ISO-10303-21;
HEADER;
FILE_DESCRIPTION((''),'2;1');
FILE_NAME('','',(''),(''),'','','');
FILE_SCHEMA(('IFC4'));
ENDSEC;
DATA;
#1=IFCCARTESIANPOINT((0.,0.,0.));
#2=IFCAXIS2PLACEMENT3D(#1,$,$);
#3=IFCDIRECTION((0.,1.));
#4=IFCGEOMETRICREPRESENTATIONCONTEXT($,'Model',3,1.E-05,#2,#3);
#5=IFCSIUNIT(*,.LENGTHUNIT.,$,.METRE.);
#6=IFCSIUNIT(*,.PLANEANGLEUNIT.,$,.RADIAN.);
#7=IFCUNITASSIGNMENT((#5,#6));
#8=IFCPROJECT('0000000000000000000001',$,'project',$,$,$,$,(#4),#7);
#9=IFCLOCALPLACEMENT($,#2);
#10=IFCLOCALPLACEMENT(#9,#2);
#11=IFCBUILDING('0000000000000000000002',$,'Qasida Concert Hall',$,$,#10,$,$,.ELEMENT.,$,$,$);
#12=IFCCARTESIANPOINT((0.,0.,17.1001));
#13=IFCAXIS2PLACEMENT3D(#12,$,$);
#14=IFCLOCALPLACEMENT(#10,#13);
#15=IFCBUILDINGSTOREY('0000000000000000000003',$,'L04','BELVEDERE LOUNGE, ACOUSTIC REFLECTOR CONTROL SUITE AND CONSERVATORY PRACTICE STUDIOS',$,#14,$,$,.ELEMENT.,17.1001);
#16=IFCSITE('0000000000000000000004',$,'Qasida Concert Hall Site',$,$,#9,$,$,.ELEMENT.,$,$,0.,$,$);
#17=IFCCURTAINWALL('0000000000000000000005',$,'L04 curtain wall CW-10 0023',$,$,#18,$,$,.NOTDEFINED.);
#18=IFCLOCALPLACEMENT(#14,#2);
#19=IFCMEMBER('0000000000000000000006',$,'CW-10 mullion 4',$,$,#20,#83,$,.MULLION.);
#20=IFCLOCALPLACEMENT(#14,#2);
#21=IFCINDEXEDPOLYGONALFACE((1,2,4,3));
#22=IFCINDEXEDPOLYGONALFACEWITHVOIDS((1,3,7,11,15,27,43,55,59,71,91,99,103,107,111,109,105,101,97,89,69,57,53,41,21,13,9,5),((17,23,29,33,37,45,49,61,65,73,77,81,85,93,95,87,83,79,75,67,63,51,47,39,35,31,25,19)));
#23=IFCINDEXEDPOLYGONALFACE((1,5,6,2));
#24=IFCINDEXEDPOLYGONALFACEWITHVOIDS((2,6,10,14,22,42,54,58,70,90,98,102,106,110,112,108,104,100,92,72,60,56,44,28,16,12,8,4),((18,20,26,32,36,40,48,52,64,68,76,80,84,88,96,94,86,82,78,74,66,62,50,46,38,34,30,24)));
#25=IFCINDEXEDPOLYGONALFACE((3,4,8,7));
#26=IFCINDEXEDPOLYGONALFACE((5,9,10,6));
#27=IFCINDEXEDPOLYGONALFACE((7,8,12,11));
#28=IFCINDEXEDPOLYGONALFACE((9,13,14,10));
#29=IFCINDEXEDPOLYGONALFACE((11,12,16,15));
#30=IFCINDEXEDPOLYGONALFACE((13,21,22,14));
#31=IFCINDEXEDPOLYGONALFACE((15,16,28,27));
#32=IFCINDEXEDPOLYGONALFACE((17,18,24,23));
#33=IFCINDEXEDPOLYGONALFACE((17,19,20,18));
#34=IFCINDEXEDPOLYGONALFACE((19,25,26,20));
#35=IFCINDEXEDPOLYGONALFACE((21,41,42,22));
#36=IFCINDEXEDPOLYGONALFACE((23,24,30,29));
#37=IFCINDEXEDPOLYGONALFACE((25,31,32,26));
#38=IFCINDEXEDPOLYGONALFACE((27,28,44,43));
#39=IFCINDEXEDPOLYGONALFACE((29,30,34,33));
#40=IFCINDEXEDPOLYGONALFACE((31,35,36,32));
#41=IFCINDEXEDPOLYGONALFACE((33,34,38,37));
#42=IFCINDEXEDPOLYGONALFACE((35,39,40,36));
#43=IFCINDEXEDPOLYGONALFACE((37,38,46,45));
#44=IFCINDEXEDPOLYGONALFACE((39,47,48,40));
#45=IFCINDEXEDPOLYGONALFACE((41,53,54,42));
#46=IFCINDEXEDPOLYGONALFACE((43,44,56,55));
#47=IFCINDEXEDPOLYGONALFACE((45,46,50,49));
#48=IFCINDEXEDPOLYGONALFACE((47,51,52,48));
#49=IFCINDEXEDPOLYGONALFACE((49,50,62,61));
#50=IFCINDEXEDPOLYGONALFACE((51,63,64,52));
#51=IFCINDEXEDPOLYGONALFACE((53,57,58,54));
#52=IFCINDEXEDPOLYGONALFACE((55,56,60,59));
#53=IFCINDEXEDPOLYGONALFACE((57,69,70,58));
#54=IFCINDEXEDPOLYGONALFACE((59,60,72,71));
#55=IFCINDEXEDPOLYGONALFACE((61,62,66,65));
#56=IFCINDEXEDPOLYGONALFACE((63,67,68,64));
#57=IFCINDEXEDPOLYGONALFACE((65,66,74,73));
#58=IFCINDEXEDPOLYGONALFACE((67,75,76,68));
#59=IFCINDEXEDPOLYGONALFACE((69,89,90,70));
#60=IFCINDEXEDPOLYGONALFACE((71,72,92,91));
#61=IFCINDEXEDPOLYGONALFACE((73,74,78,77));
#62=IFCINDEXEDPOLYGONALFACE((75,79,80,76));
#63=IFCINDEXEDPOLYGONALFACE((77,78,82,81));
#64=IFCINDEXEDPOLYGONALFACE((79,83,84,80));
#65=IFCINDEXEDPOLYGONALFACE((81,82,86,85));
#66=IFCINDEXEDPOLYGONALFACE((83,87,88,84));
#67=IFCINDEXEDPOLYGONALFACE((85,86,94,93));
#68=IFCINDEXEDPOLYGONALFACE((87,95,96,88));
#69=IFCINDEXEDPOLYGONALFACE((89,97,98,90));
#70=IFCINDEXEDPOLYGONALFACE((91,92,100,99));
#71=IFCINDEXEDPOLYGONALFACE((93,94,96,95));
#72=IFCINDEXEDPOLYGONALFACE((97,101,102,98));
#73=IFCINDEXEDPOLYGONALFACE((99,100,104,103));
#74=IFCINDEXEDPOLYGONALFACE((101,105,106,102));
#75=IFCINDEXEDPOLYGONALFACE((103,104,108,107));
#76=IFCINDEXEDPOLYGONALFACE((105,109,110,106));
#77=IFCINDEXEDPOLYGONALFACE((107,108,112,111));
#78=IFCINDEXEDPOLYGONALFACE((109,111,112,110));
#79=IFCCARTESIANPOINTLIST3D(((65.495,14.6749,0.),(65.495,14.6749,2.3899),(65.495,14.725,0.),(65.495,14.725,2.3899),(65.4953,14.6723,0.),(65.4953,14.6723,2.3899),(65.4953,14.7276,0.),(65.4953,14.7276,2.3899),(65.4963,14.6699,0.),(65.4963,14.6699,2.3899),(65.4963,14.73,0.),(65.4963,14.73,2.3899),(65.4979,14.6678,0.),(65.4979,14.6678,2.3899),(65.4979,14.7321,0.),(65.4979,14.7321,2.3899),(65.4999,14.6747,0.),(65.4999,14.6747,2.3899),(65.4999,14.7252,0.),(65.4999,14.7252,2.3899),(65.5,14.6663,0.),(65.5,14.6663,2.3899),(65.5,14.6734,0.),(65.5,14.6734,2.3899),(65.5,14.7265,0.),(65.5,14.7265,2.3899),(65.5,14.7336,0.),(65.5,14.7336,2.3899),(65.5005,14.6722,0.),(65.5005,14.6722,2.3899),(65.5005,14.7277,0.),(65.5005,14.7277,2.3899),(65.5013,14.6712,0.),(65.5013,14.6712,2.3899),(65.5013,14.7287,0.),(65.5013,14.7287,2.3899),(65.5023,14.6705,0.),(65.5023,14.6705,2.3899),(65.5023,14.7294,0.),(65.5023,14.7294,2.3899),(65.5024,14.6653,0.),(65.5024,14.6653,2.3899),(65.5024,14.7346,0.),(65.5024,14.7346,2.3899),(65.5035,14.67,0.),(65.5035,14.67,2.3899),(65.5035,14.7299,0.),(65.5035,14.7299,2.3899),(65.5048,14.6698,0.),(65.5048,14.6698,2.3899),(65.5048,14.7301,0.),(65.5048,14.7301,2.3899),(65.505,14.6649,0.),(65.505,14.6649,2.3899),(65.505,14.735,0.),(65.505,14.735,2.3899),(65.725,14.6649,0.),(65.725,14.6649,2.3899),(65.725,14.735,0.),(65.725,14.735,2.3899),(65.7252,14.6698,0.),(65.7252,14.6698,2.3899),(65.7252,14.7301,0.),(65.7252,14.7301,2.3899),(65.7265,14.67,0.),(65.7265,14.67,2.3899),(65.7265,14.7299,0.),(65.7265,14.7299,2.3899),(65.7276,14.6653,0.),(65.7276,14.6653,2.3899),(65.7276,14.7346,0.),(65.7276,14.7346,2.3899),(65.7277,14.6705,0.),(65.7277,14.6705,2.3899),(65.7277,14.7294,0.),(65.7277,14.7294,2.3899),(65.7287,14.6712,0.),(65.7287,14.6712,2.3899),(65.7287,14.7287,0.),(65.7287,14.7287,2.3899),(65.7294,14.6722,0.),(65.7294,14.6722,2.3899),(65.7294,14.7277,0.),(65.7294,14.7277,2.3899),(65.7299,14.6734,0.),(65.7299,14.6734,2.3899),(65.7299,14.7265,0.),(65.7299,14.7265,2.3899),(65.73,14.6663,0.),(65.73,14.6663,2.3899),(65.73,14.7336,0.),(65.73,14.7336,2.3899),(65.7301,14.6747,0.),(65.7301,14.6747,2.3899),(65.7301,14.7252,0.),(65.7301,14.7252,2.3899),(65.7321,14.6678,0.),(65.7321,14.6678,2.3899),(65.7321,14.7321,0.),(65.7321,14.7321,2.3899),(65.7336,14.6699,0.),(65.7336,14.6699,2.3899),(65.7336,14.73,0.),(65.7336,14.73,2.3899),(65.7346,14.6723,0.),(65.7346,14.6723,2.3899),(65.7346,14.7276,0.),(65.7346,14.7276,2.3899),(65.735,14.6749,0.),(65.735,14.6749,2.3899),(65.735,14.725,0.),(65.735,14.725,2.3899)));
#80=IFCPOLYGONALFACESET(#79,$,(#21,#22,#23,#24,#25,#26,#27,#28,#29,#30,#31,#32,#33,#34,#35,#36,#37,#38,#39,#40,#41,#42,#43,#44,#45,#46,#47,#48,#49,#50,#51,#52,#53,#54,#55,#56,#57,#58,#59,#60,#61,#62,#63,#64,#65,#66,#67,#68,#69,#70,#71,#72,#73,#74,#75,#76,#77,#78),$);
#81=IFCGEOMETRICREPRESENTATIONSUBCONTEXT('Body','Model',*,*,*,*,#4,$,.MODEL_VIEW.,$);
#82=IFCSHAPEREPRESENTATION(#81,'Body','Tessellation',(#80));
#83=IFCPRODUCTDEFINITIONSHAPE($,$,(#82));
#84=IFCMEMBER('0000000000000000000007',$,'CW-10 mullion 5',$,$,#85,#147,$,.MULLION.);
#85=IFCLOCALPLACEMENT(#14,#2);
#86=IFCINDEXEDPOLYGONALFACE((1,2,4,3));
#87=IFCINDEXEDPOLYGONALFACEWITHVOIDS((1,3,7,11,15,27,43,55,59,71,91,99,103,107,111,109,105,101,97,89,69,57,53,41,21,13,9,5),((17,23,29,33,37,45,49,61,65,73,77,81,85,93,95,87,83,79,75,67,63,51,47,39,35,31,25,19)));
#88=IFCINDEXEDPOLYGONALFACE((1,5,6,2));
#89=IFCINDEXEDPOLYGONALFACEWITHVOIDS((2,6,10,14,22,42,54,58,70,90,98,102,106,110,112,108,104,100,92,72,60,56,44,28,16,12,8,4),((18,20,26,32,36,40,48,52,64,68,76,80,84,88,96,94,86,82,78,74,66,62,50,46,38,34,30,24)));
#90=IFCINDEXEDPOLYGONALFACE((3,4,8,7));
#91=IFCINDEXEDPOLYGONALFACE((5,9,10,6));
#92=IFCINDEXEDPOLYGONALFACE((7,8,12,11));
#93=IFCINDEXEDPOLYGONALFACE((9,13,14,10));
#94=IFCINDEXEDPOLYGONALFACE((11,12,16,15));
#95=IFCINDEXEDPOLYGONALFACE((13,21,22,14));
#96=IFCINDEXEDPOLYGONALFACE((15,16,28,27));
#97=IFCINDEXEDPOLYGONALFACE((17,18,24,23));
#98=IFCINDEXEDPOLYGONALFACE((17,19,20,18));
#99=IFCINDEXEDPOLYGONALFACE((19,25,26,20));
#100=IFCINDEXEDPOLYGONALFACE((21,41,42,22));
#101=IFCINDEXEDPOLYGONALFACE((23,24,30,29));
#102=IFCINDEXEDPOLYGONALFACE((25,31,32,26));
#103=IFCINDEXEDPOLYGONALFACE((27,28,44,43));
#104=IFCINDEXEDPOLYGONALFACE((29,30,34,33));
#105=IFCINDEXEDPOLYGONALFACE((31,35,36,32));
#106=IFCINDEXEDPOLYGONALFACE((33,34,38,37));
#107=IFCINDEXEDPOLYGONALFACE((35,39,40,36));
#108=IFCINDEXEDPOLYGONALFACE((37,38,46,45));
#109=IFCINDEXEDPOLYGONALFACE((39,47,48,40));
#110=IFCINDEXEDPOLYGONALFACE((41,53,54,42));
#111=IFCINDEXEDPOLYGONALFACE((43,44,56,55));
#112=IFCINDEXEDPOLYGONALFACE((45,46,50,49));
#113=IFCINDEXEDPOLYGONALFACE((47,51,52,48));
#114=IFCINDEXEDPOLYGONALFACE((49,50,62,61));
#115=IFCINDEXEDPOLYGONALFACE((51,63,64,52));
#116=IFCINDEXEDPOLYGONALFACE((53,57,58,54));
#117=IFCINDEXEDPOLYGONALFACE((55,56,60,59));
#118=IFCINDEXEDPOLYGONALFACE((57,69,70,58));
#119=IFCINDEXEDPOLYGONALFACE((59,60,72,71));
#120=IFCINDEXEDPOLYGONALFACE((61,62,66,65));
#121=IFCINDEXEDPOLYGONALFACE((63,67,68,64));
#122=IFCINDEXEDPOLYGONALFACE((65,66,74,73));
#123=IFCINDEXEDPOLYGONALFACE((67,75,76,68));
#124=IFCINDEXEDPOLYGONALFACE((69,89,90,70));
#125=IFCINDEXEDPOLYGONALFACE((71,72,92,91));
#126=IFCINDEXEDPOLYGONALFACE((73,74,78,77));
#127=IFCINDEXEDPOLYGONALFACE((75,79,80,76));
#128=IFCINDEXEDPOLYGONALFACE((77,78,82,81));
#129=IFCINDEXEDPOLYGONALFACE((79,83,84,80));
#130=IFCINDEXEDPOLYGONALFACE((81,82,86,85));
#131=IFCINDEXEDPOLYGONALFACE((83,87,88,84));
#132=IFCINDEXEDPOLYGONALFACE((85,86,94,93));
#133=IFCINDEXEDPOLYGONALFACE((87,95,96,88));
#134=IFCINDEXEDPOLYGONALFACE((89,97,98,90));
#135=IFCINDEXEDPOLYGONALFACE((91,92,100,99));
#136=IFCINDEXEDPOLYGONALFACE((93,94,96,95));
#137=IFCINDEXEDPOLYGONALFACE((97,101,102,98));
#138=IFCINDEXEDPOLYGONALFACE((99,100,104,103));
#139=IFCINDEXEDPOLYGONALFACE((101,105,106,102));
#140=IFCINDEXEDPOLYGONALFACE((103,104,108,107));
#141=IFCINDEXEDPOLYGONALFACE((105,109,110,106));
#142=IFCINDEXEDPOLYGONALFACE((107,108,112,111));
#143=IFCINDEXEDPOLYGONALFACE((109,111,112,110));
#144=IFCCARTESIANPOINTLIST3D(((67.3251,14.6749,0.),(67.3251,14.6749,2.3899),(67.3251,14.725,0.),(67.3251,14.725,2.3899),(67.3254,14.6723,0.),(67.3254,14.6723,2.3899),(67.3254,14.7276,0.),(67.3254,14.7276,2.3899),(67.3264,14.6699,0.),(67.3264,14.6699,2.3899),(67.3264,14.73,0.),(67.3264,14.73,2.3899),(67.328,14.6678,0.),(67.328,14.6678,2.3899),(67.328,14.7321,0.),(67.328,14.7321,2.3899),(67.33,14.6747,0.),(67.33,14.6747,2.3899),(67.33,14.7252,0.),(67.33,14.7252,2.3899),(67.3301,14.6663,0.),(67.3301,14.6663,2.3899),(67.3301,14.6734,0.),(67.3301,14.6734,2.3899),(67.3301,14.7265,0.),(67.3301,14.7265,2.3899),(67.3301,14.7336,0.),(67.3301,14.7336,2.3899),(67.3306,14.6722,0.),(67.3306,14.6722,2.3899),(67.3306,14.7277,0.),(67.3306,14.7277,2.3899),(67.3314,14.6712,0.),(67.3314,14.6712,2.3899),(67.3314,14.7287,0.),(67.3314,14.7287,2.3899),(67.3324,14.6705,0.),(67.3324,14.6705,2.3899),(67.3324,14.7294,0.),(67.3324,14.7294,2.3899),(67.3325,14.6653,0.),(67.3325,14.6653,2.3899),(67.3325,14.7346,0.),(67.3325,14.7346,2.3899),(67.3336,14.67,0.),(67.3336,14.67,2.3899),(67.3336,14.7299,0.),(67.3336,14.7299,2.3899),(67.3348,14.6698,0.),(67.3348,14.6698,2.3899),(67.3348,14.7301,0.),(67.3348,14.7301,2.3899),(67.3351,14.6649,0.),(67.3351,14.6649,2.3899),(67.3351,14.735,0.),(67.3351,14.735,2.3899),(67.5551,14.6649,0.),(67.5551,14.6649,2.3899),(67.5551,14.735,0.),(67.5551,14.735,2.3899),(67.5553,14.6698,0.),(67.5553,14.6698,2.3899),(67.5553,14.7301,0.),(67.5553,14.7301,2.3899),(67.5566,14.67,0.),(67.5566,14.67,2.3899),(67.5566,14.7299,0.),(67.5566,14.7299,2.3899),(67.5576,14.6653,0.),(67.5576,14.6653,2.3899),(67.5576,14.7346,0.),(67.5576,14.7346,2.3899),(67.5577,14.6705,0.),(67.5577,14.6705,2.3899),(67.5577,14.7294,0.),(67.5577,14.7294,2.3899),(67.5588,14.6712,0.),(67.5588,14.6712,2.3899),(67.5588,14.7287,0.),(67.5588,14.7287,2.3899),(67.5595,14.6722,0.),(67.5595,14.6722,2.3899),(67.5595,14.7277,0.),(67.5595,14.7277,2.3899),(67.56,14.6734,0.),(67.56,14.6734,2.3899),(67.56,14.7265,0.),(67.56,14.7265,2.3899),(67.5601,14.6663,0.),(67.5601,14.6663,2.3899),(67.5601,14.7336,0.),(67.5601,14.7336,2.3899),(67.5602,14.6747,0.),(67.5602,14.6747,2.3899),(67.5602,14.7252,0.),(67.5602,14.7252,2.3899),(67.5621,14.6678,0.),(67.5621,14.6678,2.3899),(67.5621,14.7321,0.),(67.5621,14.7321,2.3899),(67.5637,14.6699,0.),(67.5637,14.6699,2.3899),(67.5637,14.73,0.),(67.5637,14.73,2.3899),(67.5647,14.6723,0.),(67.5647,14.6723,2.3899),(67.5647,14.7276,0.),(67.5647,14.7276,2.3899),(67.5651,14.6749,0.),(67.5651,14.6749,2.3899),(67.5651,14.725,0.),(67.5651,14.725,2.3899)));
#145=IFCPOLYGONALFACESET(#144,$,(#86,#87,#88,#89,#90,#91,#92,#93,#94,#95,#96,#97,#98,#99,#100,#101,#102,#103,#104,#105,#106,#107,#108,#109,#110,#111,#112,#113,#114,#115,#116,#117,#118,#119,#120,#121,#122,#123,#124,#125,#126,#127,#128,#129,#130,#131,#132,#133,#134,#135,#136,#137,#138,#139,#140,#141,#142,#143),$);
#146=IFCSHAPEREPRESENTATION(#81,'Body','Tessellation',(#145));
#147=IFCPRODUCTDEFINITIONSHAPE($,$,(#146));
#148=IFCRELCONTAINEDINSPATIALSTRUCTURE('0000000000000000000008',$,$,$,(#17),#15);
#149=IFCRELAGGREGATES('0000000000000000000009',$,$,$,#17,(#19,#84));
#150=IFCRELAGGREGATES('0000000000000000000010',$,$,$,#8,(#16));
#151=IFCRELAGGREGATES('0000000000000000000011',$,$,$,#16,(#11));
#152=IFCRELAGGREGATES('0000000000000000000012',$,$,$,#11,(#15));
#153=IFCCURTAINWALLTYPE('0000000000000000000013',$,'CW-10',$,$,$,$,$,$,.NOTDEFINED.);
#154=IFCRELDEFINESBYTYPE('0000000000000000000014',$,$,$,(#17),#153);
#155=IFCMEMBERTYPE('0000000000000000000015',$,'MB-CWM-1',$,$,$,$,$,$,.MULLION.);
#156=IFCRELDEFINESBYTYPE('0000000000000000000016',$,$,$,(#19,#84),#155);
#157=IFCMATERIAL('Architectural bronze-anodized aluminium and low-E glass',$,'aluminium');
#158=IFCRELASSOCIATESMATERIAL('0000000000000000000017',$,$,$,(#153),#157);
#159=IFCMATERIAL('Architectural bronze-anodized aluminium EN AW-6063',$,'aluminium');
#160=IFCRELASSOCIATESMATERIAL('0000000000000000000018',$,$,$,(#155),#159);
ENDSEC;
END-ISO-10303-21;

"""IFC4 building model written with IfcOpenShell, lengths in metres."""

from ifc_helpers import new_model, si_unit, direction, frame, origin, origin_2d, place, context, subcontext, project, spatial, hollow_rectangle, extrude, material, material_profile, profile_set, type_object, element, aggregate, save


model = new_model("IFC4")

# Units and contexts
model_context = context("Model", 3, precision=1e-05, world=origin(), true_north=direction((0.0, 1.0)))
body_context = subcontext(model_context, "Body", "Model", "MODEL_VIEW")
ifc_project = project(units=[si_unit("LENGTHUNIT", "METRE"), si_unit("PLANEANGLEUNIT", "RADIAN")], contexts=[model_context])

# Site, building, storey
site_placement = place(None, origin())
site = spatial("IfcSite", under=ifc_project, at=site_placement, Name="Qasida Concert Hall Site", CompositionType="ELEMENT", RefElevation=0.0)
building_placement = place(site_placement, origin())
building = spatial("IfcBuilding", under=site, at=building_placement, Name="Qasida Concert Hall", CompositionType="ELEMENT")
storey_placement = place(building_placement, frame((0.0, 0.0, 17.1001)))
storey = spatial("IfcBuildingStorey", under=building, at=storey_placement, Name="L04", Description="BELVEDERE LOUNGE, ACOUSTIC REFLECTOR CONTROL SUITE AND CONSERVATORY PRACTICE STUDIOS", CompositionType="ELEMENT", Elevation=17.1001)

# Curtain wall, members
ifc_material_1 = material(Name="Architectural bronze-anodized aluminium and low-E glass", Category="aluminium")
curtain_wall_type = type_object("IfcCurtainWallType", Name="CW-10", PredefinedType="NOTDEFINED", material=ifc_material_1)
curtain_wall_1_placement = place(storey_placement, origin())
curtain_wall_1 = element("IfcCurtainWall", 1, at=curtain_wall_1_placement, inside=storey, type_object=curtain_wall_type, Name="L04 curtain wall CW-10 0023", PredefinedType="NOTDEFINED")
ifc_material_2 = material(Name="Architectural bronze-anodized aluminium EN AW-6063", Category="aluminium")
ifc_material_profile_1 = material_profile(ifc_material_2, hollow_rectangle(XDim=0.0701, YDim=0.24, WallThickness=0.0049, InnerFilletRadius=0.0049, OuterFilletRadius=0.01, at=origin_2d()), Name="CWM 240x70x5")
ifc_profile_set_1 = profile_set([ifc_material_profile_1], Name="Architectural bronze-anodized aluminium EN AW-6063")
member_type_1 = type_object("IfcMemberType", Name="MB-CWM-1", PredefinedType="MULLION", material=ifc_profile_set_1)
member_1_placement = place(storey_placement, frame((65.615, 14.7, 0.0), z_axis=(0.0, 0.0, 1.0), x_axis=(0.0, 1.0, 0.0)))
member_1 = element("IfcMember", 2, at=member_1_placement, type_object=member_type_1, Name="CW-10 mullion 4", PredefinedType="MULLION", context=body_context, shape_type="SweptSolid", body=[
    extrude(hollow_rectangle(XDim=0.0701, YDim=0.24, WallThickness=0.0049, InnerFilletRadius=0.0049, OuterFilletRadius=0.01, at=origin_2d()), origin(), (0.0, 0.0, 1.0), 2.3899),
])
member_2_placement = place(storey_placement, frame((67.4451, 14.7, 0.0), z_axis=(0.0, 0.0, 1.0), x_axis=(0.0, 1.0, 0.0)))
member_2 = element("IfcMember", 3, at=member_2_placement, type_object=member_type_1, Name="CW-10 mullion 5", PredefinedType="MULLION", context=body_context, shape_type="SweptSolid", body=[
    extrude(hollow_rectangle(XDim=0.0701, YDim=0.24, WallThickness=0.0049, InnerFilletRadius=0.0049, OuterFilletRadius=0.01, at=origin_2d()), origin(), (0.0, 0.0, 1.0), 2.3899),
])

aggregate(curtain_wall_1, [member_1, member_2])

save(model, "model.ifc")
